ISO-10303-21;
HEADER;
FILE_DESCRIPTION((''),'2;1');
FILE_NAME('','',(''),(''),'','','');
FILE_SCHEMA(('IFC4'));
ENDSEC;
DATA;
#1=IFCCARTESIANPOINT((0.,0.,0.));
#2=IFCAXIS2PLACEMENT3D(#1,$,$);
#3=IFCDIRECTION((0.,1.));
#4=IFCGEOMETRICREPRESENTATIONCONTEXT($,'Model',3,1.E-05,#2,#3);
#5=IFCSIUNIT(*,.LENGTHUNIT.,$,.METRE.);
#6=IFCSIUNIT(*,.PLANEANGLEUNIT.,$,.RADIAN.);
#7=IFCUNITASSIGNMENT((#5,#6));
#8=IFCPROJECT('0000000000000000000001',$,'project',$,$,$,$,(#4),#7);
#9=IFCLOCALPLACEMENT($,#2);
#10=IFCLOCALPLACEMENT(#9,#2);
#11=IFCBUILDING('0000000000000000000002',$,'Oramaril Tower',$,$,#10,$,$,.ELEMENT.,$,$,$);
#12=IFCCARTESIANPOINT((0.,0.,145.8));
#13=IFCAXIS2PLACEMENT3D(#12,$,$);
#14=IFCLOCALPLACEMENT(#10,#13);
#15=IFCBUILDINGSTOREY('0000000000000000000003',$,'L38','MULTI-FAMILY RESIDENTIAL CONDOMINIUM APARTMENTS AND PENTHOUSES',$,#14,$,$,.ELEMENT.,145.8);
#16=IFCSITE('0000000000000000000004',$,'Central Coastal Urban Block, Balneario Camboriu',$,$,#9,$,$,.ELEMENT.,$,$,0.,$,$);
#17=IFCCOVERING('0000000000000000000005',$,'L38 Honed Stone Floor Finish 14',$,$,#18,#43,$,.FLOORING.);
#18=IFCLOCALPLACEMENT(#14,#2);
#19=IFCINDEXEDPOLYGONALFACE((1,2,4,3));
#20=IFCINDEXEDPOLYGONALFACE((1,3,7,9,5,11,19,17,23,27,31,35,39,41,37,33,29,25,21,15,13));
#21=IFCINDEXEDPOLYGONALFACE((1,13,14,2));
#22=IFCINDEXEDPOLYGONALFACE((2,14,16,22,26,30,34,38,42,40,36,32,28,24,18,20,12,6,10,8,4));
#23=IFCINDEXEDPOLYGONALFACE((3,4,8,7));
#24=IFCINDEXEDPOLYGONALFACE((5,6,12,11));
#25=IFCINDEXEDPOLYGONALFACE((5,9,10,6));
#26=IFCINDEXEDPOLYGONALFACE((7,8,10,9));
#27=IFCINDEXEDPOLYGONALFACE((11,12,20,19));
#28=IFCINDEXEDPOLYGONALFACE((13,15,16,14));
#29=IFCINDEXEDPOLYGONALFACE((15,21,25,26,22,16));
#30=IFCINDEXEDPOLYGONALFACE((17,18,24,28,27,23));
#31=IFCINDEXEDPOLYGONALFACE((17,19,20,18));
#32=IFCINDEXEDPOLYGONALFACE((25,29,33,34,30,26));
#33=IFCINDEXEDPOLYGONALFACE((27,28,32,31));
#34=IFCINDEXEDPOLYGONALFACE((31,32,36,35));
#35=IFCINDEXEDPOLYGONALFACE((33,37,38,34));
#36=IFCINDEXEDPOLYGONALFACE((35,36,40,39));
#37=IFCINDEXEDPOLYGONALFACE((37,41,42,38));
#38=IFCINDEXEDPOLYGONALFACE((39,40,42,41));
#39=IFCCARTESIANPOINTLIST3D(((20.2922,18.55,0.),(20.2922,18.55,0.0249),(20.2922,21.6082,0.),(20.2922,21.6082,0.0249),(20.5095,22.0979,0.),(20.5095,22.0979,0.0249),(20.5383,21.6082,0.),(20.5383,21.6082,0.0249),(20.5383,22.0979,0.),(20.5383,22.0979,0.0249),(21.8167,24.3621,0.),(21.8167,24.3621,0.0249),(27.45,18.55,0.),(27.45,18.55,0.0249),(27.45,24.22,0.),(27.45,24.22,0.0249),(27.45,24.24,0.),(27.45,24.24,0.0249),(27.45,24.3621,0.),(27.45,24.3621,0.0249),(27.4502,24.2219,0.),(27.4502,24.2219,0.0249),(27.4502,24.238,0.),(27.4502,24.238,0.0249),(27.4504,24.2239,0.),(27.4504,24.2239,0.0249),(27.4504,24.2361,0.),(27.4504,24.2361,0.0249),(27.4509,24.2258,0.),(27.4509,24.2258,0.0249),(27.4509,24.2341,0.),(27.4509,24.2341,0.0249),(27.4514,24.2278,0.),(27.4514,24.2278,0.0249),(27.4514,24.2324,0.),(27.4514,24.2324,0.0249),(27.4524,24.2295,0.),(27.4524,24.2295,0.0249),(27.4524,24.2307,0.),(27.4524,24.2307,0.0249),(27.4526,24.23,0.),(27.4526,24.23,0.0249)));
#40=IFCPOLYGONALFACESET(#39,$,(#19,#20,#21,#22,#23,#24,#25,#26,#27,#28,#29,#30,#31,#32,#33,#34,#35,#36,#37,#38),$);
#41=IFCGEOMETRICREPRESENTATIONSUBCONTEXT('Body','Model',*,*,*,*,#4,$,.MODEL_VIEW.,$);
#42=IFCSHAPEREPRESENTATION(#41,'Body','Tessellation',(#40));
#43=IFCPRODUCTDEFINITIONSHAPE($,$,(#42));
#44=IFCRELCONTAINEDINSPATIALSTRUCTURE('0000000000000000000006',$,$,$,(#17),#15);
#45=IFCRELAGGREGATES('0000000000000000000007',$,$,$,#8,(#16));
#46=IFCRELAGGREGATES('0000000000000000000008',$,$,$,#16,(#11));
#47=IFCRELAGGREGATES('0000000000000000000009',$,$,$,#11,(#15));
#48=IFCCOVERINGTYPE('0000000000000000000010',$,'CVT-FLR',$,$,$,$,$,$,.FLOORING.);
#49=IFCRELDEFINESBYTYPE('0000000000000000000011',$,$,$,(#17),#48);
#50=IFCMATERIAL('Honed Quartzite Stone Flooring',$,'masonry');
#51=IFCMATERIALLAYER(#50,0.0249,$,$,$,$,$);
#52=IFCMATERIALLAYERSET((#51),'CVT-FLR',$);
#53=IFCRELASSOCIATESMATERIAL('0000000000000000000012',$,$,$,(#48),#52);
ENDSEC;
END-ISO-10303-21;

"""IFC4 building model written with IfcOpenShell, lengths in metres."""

from ifc_helpers import new_model, si_unit, direction, frame, origin, place, context, subcontext, project, spatial, polyline, outline, extrude, material, layer, layer_set, type_object, element, save


model = new_model("IFC4")

# Units and contexts
model_context = context("Model", 3, precision=1e-05, world=origin(), true_north=direction((0.0, 1.0)))
body_context = subcontext(model_context, "Body", "Model", "MODEL_VIEW")
ifc_project = project(units=[si_unit("LENGTHUNIT", "METRE"), si_unit("PLANEANGLEUNIT", "RADIAN")], contexts=[model_context])

# Site, building, storey
site_placement = place(None, origin())
site = spatial("IfcSite", under=ifc_project, at=site_placement, Name="Central Coastal Urban Block, Balneario Camboriu", CompositionType="ELEMENT", RefElevation=0.0)
building_placement = place(site_placement, origin())
building = spatial("IfcBuilding", under=site, at=building_placement, Name="Oramaril Tower", CompositionType="ELEMENT")
storey_placement = place(building_placement, frame((0.0, 0.0, 145.8)))
storey = spatial("IfcBuildingStorey", under=building, at=storey_placement, Name="L38", Description="MULTI-FAMILY RESIDENTIAL CONDOMINIUM APARTMENTS AND PENTHOUSES", CompositionType="ELEMENT", Elevation=145.8)

# Covering
ifc_material_1 = material(Name="Honed Quartzite Stone Flooring", Category="masonry")
ifc_layer_1 = layer(ifc_material_1, 0.0249)
ifc_layer_set_1 = layer_set([ifc_layer_1], Name="CVT-FLR")
covering_type_1 = type_object("IfcCoveringType", Name="CVT-FLR", PredefinedType="FLOORING", material=ifc_layer_set_1)
covering_1_placement = place(storey_placement, origin())
element("IfcCovering", 1, at=covering_1_placement, inside=storey, type_object=covering_type_1, Name="L38 Honed Stone Floor Finish 14", PredefinedType="FLOORING", context=body_context, shape_type="SweptSolid", body=[
    extrude(outline(polyline([(20.2922, 21.6082), (20.5383, 21.6082), (20.5383, 22.0979), (20.5095, 22.0979), (21.8167, 24.3621), (27.45, 24.3621), (27.45, 24.24), (27.4502, 24.238), (27.4504, 24.2361), (27.4509, 24.2341), (27.4514, 24.2324), (27.4524, 24.2307), (27.4526, 24.23), (27.4524, 24.2295), (27.4514, 24.2278), (27.4509, 24.2258), (27.4504, 24.2239), (27.4502, 24.2219), (27.45, 24.22), (27.45, 18.55), (20.2922, 18.55), (20.2922, 21.6082)])), origin(), (0.0, 0.0, 1.0), 0.0249),
])

save(model, "model.ifc")
